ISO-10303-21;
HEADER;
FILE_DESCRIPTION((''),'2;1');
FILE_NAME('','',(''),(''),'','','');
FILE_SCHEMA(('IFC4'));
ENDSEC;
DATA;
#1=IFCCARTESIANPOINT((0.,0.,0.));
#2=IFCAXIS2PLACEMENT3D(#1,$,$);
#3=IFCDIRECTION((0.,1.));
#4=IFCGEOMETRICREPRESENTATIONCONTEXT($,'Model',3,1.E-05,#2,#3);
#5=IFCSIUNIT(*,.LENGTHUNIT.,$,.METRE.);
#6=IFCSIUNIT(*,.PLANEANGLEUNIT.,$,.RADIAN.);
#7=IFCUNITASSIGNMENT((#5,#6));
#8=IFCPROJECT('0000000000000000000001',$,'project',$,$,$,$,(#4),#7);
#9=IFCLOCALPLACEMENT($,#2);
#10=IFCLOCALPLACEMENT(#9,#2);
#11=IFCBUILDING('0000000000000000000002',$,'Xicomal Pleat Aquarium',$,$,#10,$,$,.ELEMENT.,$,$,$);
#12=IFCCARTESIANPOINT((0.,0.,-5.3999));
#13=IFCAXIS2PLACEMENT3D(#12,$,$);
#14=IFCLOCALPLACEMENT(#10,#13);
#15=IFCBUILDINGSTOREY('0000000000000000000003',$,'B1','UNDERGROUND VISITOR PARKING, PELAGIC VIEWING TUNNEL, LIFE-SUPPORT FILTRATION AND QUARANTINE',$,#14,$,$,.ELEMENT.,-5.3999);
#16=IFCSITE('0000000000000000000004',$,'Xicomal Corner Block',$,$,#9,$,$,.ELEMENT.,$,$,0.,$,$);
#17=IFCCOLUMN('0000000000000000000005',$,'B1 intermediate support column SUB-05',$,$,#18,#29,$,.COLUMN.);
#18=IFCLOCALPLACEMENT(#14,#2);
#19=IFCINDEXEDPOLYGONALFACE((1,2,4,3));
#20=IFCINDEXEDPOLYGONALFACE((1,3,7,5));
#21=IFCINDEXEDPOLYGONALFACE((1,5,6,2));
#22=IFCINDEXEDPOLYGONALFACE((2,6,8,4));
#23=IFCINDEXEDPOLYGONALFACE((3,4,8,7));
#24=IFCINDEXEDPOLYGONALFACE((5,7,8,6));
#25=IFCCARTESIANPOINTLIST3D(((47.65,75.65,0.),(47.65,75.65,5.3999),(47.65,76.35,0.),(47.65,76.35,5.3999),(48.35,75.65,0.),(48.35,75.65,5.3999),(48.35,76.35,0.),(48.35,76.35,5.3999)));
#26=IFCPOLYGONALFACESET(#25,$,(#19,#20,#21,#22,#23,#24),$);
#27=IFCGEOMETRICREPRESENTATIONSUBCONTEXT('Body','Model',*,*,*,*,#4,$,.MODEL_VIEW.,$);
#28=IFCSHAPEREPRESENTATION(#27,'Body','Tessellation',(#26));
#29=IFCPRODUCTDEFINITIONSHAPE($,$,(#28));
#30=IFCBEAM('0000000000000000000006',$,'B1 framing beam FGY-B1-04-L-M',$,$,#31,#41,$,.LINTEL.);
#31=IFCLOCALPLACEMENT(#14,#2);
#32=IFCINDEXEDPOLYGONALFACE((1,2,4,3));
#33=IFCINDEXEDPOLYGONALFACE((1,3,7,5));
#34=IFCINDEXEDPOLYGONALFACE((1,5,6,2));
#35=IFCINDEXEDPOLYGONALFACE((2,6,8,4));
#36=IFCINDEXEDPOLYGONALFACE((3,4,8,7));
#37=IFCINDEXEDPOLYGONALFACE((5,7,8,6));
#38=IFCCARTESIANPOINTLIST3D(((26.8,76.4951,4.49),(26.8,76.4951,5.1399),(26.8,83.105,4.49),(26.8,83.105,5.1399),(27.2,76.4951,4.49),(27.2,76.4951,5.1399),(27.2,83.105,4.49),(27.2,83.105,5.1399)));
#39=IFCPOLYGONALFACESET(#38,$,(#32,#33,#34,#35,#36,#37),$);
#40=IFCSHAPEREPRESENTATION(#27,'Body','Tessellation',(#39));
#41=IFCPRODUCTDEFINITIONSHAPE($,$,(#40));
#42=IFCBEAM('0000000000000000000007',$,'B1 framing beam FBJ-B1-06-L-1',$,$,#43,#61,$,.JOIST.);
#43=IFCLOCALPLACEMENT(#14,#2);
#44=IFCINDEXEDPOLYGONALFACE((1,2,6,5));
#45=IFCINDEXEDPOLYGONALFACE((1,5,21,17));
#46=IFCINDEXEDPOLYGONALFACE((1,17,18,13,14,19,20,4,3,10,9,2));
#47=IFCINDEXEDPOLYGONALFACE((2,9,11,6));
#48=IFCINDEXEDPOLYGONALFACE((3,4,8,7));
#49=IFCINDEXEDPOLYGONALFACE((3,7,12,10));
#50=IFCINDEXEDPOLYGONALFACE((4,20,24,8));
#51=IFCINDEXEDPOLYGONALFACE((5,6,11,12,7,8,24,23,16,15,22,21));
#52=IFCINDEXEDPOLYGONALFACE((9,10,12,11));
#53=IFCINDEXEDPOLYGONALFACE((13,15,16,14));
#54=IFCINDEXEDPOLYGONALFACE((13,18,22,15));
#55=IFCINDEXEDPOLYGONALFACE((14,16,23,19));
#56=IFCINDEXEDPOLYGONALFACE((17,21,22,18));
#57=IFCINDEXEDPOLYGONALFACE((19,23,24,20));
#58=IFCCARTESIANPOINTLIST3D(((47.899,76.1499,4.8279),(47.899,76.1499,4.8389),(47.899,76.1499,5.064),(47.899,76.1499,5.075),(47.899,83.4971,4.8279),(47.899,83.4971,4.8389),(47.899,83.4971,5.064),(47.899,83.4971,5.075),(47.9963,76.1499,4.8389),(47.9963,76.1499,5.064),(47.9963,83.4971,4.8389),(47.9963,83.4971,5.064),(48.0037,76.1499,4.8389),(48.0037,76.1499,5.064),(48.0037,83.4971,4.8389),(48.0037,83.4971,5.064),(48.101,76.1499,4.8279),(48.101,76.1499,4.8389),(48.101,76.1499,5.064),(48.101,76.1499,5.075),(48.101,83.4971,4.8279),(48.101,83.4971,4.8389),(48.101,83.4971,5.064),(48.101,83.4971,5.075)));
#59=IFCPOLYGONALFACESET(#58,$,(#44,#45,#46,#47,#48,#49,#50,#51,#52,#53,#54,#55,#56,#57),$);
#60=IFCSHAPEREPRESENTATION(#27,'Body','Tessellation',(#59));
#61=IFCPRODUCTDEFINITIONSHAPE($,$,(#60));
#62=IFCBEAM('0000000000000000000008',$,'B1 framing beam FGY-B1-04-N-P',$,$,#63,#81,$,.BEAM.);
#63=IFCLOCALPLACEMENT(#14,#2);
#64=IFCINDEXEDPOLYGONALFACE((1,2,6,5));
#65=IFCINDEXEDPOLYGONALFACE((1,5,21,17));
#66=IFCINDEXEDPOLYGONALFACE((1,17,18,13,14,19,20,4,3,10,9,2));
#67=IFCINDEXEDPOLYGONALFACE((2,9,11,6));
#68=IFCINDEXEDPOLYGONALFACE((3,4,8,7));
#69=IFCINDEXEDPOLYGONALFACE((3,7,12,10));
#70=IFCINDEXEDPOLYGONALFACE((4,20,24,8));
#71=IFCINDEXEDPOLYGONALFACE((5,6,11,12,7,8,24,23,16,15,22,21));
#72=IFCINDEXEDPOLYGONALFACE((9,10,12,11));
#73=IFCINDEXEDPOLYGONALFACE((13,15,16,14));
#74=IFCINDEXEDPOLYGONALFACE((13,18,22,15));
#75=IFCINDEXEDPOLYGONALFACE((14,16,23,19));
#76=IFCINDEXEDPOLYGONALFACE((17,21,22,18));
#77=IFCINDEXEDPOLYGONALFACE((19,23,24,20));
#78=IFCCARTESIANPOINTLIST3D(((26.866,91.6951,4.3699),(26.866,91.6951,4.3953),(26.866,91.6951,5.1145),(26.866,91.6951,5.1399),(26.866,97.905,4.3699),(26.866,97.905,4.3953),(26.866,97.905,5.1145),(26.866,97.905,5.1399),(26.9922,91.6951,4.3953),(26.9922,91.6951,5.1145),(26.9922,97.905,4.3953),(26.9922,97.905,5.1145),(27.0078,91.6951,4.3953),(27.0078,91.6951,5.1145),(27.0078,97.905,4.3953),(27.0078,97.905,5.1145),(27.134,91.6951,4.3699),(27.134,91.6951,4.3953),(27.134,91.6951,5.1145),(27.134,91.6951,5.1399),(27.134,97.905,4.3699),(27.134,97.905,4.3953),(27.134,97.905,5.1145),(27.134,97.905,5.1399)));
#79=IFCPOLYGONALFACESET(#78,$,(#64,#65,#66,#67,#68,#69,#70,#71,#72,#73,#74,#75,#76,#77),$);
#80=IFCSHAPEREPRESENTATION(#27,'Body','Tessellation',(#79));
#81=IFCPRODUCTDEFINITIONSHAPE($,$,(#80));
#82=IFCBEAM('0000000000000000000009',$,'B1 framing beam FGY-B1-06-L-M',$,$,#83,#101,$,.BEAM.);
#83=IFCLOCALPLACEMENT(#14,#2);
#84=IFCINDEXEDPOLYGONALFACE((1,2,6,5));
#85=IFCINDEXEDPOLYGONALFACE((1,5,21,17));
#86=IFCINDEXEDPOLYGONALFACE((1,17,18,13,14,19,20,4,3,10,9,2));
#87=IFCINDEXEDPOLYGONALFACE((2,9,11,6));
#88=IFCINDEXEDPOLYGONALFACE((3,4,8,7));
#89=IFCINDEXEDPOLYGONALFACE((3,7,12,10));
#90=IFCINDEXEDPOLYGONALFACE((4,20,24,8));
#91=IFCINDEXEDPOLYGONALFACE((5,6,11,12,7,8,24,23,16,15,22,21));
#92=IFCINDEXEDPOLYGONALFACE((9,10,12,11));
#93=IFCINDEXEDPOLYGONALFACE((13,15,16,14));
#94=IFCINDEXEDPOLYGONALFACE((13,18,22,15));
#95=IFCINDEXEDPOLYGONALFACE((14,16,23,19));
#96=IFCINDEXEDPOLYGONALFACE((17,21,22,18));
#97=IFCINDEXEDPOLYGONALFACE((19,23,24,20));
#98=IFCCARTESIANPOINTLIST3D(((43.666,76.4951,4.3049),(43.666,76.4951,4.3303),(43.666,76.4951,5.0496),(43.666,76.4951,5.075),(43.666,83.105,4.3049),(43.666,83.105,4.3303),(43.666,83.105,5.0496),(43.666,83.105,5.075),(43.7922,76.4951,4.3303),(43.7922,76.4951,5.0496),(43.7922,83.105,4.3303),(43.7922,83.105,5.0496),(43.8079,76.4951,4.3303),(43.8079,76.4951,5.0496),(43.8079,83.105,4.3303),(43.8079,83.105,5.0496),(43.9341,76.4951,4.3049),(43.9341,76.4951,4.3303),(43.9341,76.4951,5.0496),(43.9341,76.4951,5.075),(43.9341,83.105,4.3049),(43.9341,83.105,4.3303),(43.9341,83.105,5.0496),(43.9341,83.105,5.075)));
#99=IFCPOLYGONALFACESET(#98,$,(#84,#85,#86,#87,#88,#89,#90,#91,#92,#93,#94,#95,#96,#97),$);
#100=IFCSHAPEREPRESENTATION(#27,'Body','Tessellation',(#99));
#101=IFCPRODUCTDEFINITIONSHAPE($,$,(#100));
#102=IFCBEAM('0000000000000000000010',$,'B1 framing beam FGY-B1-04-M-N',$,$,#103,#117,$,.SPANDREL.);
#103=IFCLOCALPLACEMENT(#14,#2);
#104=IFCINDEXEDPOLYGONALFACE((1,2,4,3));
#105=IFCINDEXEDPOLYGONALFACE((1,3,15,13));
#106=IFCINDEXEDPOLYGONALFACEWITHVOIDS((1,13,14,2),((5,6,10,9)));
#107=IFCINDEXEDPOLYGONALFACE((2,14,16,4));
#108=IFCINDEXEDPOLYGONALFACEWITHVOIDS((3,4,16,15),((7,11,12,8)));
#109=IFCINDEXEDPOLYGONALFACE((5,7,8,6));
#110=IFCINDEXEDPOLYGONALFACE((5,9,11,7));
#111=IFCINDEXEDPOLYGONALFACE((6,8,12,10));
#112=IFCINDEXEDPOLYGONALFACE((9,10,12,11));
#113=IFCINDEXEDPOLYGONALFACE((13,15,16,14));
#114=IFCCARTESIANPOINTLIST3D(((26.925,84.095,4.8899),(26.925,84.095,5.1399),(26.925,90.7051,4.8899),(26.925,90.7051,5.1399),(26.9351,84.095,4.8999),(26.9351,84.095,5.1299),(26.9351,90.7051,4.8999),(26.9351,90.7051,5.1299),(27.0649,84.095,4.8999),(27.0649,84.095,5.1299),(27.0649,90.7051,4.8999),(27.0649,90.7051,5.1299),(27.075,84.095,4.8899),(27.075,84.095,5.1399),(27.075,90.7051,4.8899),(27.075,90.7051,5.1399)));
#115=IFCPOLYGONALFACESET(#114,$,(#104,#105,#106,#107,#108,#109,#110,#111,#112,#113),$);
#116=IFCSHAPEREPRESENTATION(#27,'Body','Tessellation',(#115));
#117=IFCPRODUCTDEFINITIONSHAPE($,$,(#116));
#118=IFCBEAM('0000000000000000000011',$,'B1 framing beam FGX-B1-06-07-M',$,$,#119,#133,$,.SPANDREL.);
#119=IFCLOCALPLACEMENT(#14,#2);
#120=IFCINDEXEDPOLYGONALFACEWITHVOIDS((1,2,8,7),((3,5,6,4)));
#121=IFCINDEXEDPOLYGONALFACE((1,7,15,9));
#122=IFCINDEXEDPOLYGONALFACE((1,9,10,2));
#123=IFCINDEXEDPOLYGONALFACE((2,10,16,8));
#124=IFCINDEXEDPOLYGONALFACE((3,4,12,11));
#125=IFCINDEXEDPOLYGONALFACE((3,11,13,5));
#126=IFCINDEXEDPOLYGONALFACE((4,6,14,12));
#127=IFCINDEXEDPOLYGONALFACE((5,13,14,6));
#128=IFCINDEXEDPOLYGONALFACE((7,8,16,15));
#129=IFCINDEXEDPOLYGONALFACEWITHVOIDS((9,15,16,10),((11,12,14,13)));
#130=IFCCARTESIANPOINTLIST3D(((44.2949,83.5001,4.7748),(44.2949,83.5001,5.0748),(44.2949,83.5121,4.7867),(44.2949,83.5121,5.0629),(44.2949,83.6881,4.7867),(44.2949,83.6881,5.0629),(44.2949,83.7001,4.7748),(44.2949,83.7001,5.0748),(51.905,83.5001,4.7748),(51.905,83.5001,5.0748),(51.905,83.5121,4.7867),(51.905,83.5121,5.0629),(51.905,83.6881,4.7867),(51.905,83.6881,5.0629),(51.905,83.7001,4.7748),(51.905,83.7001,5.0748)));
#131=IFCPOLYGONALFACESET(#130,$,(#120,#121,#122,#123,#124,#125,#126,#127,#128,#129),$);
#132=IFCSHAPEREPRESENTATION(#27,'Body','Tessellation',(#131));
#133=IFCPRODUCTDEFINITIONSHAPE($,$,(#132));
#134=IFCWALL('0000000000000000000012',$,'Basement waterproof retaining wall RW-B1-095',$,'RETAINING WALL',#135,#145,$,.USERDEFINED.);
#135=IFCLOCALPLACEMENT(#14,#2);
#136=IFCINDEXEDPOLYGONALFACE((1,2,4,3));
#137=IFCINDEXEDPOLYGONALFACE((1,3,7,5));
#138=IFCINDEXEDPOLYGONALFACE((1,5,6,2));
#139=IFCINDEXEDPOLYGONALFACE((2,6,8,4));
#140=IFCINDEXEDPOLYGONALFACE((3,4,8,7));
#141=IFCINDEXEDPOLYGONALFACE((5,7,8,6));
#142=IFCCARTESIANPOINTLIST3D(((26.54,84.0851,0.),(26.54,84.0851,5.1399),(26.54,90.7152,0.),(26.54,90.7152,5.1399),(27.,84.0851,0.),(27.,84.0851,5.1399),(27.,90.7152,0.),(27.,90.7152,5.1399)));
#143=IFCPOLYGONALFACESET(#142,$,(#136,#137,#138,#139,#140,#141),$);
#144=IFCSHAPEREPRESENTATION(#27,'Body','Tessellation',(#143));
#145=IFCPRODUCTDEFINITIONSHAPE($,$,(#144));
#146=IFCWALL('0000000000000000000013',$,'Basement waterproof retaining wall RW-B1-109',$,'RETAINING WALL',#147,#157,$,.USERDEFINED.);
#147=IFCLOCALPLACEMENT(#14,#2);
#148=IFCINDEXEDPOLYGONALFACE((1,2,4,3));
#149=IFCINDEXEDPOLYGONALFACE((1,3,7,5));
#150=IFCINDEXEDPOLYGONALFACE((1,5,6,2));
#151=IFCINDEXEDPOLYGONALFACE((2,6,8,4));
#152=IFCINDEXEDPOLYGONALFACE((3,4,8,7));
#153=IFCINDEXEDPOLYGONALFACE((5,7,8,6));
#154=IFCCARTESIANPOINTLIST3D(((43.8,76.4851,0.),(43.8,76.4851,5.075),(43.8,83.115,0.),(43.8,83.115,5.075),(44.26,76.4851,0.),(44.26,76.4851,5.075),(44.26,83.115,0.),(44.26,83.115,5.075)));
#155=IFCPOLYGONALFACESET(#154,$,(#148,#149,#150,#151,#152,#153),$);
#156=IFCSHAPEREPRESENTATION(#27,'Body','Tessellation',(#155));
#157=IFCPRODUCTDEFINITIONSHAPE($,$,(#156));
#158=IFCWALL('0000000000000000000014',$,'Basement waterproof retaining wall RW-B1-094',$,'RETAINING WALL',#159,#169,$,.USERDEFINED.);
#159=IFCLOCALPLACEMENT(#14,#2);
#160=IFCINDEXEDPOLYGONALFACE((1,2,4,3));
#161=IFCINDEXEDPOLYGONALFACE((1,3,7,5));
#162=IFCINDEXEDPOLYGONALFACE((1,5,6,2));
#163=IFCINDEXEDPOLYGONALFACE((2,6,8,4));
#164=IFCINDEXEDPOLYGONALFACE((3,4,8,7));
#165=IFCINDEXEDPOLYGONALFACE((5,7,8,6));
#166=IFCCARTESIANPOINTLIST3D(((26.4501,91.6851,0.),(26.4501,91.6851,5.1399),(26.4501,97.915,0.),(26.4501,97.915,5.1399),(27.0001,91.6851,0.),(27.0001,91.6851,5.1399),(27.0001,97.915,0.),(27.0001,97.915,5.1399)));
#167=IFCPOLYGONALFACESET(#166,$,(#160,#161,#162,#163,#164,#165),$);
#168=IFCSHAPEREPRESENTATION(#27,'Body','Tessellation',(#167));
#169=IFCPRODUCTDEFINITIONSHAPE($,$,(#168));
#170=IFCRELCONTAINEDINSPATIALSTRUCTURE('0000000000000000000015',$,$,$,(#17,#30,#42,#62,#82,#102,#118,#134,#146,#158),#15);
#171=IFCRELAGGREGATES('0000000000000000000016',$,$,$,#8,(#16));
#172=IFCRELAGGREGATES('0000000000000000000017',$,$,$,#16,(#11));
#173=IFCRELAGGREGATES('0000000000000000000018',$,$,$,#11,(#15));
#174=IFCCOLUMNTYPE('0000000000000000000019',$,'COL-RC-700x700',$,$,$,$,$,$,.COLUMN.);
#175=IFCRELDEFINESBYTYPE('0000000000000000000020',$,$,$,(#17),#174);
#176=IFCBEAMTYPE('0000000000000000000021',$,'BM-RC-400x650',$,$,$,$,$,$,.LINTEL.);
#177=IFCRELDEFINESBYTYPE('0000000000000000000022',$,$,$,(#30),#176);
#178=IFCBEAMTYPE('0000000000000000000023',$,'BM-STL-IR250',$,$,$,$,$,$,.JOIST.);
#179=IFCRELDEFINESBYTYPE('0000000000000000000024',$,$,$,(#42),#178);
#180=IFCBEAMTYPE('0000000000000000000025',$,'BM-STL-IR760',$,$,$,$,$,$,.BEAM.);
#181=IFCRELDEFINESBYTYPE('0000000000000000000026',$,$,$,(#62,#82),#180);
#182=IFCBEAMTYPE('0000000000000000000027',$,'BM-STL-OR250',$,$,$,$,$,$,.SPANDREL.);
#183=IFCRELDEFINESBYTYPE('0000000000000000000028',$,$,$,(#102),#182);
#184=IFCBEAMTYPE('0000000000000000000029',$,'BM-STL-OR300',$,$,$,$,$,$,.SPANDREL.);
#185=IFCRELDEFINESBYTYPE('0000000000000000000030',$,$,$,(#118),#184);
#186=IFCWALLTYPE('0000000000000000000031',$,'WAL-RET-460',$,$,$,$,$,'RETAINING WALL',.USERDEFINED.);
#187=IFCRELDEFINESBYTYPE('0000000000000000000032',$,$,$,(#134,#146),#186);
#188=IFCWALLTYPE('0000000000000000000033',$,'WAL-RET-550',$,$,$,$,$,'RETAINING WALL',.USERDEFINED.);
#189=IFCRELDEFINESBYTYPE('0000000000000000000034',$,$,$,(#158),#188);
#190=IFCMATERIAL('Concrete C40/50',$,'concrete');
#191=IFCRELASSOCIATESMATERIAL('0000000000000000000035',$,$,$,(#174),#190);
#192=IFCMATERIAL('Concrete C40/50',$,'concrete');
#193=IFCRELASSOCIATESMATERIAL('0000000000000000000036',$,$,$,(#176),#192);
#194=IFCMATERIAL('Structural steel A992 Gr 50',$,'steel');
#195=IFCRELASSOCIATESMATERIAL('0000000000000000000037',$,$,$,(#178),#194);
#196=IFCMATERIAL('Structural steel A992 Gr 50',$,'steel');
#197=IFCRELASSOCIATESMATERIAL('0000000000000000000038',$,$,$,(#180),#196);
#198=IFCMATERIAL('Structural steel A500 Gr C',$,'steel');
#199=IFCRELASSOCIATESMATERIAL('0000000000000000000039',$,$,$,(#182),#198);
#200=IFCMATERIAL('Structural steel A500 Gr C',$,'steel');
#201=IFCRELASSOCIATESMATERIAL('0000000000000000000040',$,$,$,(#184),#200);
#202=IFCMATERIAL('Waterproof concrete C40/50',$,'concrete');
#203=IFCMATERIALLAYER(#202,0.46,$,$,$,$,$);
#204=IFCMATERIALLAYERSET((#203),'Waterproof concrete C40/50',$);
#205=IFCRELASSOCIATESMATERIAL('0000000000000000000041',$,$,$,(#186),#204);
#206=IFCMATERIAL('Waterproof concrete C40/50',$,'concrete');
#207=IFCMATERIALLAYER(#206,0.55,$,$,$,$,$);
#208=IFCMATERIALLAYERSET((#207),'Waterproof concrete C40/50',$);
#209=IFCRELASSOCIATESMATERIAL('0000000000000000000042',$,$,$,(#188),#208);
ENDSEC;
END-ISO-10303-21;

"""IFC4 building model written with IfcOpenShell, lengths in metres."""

from ifc_helpers import new_model, si_unit, direction, frame, frame_2d, origin, origin_2d, place, context, subcontext, project, spatial, rectangle, hollow_rectangle, i_section, extrude, material, layer, layer_set, material_profile, profile_set, type_object, element, save


model = new_model("IFC4")

# Units and contexts
model_context = context("Model", 3, precision=1e-05, world=origin(), true_north=direction((0.0, 1.0)))
body_context = subcontext(model_context, "Body", "Model", "MODEL_VIEW")
ifc_project = project(units=[si_unit("LENGTHUNIT", "METRE"), si_unit("PLANEANGLEUNIT", "RADIAN")], contexts=[model_context])

# Site, building, storey
site_placement = place(None, origin())
site = spatial("IfcSite", under=ifc_project, at=site_placement, Name="Xicomal Corner Block", CompositionType="ELEMENT", RefElevation=0.0)
building_placement = place(site_placement, origin())
building = spatial("IfcBuilding", under=site, at=building_placement, Name="Xicomal Pleat Aquarium", CompositionType="ELEMENT")
storey_placement = place(building_placement, frame((0.0, 0.0, -5.3999)))
storey = spatial("IfcBuildingStorey", under=building, at=storey_placement, Name="B1", Description="UNDERGROUND VISITOR PARKING, PELAGIC VIEWING TUNNEL, LIFE-SUPPORT FILTRATION AND QUARANTINE", CompositionType="ELEMENT", Elevation=-5.3999)

# Column
ifc_material_1 = material(Name="Concrete C40/50", Category="concrete")
ifc_material_profile_1 = material_profile(ifc_material_1, rectangle(XDim=0.7, YDim=0.7, at=origin_2d()), Name="RC 700x700")
ifc_profile_set_1 = profile_set([ifc_material_profile_1], Name="Concrete C40/50")
column_type_1 = type_object("IfcColumnType", Name="COL-RC-700x700", PredefinedType="COLUMN", material=ifc_profile_set_1)
column_1_placement = place(storey_placement, frame((48.0, 76.0, 0.0), z_axis=(0.0, 0.0, 1.0), x_axis=(1.0, 0.0, 0.0)))
element("IfcColumn", 1, at=column_1_placement, inside=storey, type_object=column_type_1, Name="B1 intermediate support column SUB-05", PredefinedType="COLUMN", context=body_context, shape_type="SweptSolid", body=[
    extrude(rectangle(XDim=0.7, YDim=0.7, at=origin_2d()), origin(), (0.0, 0.0, 1.0), 5.3999),
])

# Beams
ifc_material_2 = material(Name="Concrete C40/50", Category="concrete")
ifc_material_profile_2 = material_profile(ifc_material_2, rectangle(XDim=0.3999, YDim=0.6499, at=origin_2d()), Name="RC 400x650")
ifc_profile_set_2 = profile_set([ifc_material_profile_2], Name="Concrete C40/50")
beam_type_1 = type_object("IfcBeamType", Name="BM-RC-400x650", PredefinedType="LINTEL", material=ifc_profile_set_2)
beam_1_placement = place(storey_placement, frame((27.0, 76.4951, 4.8149), z_axis=(0.0, 1.0, 0.0), x_axis=(-1.0, 0.0, 0.0)))
element("IfcBeam", 2, at=beam_1_placement, inside=storey, type_object=beam_type_1, Name="B1 framing beam FGY-B1-04-L-M", PredefinedType="LINTEL", context=body_context, shape_type="SweptSolid", body=[
    extrude(rectangle(XDim=0.3999, YDim=0.6499, at=origin_2d()), origin(), (0.0, 0.0, 1.0), 6.6099),
])
ifc_material_3 = material(Name="Structural steel A992 Gr 50", Category="steel")
ifc_material_profile_3 = material_profile(ifc_material_3, i_section(OverallWidth=0.2019, OverallDepth=0.2471, WebThickness=0.0073, FlangeThickness=0.011, at=origin_2d()), Name="IR 250x49")
ifc_profile_set_3 = profile_set([ifc_material_profile_3], Name="Structural steel A992 Gr 50")
beam_type_2 = type_object("IfcBeamType", Name="BM-STL-IR250", PredefinedType="JOIST", material=ifc_profile_set_3)
beam_2_placement = place(storey_placement, frame((48.0, 76.1499, 4.9514), z_axis=(0.0, 1.0, 0.0), x_axis=(-1.0, 0.0, 0.0)))
element("IfcBeam", 3, at=beam_2_placement, inside=storey, type_object=beam_type_2, Name="B1 framing beam FBJ-B1-06-L-1", PredefinedType="JOIST", context=body_context, shape_type="SweptSolid", body=[
    extrude(i_section(OverallWidth=0.2019, OverallDepth=0.2471, WebThickness=0.0073, FlangeThickness=0.011, at=origin_2d()), origin(), (0.0, 0.0, 1.0), 7.3472),
])
ifc_material_4 = material(Name="Structural steel A992 Gr 50", Category="steel")
ifc_material_profile_4 = material_profile(ifc_material_4, i_section(OverallWidth=0.2681, OverallDepth=0.77, WebThickness=0.0156, FlangeThickness=0.0254, at=origin_2d()), Name="IR 760x196")
ifc_profile_set_4 = profile_set([ifc_material_profile_4], Name="Structural steel A992 Gr 50")
beam_type_3 = type_object("IfcBeamType", Name="BM-STL-IR760", PredefinedType="BEAM", material=ifc_profile_set_4)
beam_3_placement = place(storey_placement, frame((27.0, 91.6951, 4.7549), z_axis=(0.0, 1.0, 0.0), x_axis=(-1.0, 0.0, 0.0)))
element("IfcBeam", 4, at=beam_3_placement, inside=storey, type_object=beam_type_3, Name="B1 framing beam FGY-B1-04-N-P", PredefinedType="BEAM", context=body_context, shape_type="SweptSolid", body=[
    extrude(i_section(OverallWidth=0.2681, OverallDepth=0.77, WebThickness=0.0156, FlangeThickness=0.0254, at=origin_2d()), origin(), (0.0, 0.0, 1.0), 6.21),
])
beam_4_placement = place(storey_placement, frame((43.8, 76.4951, 4.6899), z_axis=(0.0, 1.0, 0.0), x_axis=(-1.0, 0.0, 0.0)))
element("IfcBeam", 5, at=beam_4_placement, inside=storey, type_object=beam_type_3, Name="B1 framing beam FGY-B1-06-L-M", PredefinedType="BEAM", context=body_context, shape_type="SweptSolid", body=[
    extrude(i_section(OverallWidth=0.2681, OverallDepth=0.77, WebThickness=0.0156, FlangeThickness=0.0254, at=origin_2d()), origin(), (0.0, 0.0, 1.0), 6.6099),
])
ifc_material_5 = material(Name="Structural steel A500 Gr C", Category="steel")
ifc_material_profile_5 = material_profile(ifc_material_5, hollow_rectangle(XDim=0.1499, YDim=0.25, WallThickness=0.01, at=origin_2d()), Name="OR 250x150x10")
ifc_profile_set_5 = profile_set([ifc_material_profile_5], Name="Structural steel A500 Gr C")
beam_type_4 = type_object("IfcBeamType", Name="BM-STL-OR250", PredefinedType="SPANDREL", material=ifc_profile_set_5)
beam_5_placement = place(storey_placement, frame((27.0, 84.095, 5.0149), z_axis=(0.0, 1.0, 0.0), x_axis=(-1.0, 0.0, 0.0)))
element("IfcBeam", 6, at=beam_5_placement, inside=storey, type_object=beam_type_4, Name="B1 framing beam FGY-B1-04-M-N", PredefinedType="SPANDREL", context=body_context, shape_type="SweptSolid", body=[
    extrude(hollow_rectangle(XDim=0.1499, YDim=0.25, WallThickness=0.01, at=origin_2d()), origin(), (0.0, 0.0, 1.0), 6.6101),
])
ifc_material_6 = material(Name="Structural steel A500 Gr C", Category="steel")
ifc_material_profile_6 = material_profile(ifc_material_6, hollow_rectangle(XDim=0.2, YDim=0.3, WallThickness=0.012, at=origin_2d()), Name="OR 300x200x12")
ifc_profile_set_6 = profile_set([ifc_material_profile_6], Name="Structural steel A500 Gr C")
beam_type_5 = type_object("IfcBeamType", Name="BM-STL-OR300", PredefinedType="SPANDREL", material=ifc_profile_set_6)
beam_6_placement = place(storey_placement, frame((44.2949, 83.6001, 4.9248), z_axis=(1.0, 0.0, 0.0), x_axis=(0.0, 1.0, 0.0)))
element("IfcBeam", 7, at=beam_6_placement, inside=storey, type_object=beam_type_5, Name="B1 framing beam FGX-B1-06-07-M", PredefinedType="SPANDREL", context=body_context, shape_type="SweptSolid", body=[
    extrude(hollow_rectangle(XDim=0.2, YDim=0.3, WallThickness=0.012, at=origin_2d()), origin(), (0.0, 0.0, 1.0), 7.6101),
])

# Walls
ifc_material_7 = material(Name="Waterproof concrete C40/50", Category="concrete")
ifc_layer_1 = layer(ifc_material_7, 0.46)
ifc_layer_set_1 = layer_set([ifc_layer_1], Name="Waterproof concrete C40/50")
wall_type_1 = type_object("IfcWallType", Name="WAL-RET-460", ElementType="RETAINING WALL", PredefinedType="USERDEFINED", material=ifc_layer_set_1)
wall_1_placement = place(storey_placement, frame((26.77, 90.7151, 0.0), z_axis=(0.0, 0.0, 1.0), x_axis=(0.0, -1.0, 0.0)))
element("IfcWall", 8, at=wall_1_placement, inside=storey, type_object=wall_type_1, Name="Basement waterproof retaining wall RW-B1-095", ObjectType="RETAINING WALL", PredefinedType="USERDEFINED", context=body_context, shape_type="SweptSolid", body=[
    extrude(rectangle(XDim=6.6301, YDim=0.46, at=frame_2d((3.3149, 0.0))), origin(), (0.0, 0.0, 1.0), 5.1399),
])
wall_2_placement = place(storey_placement, frame((44.03, 76.4851, 0.0), z_axis=(0.0, 0.0, 1.0), x_axis=(0.0, 1.0, 0.0)))
element("IfcWall", 9, at=wall_2_placement, inside=storey, type_object=wall_type_1, Name="Basement waterproof retaining wall RW-B1-109", ObjectType="RETAINING WALL", PredefinedType="USERDEFINED", context=body_context, shape_type="SweptSolid", body=[
    extrude(rectangle(XDim=6.6299, YDim=0.46, at=frame_2d((3.3149, 0.0))), origin(), (0.0, 0.0, 1.0), 5.075),
])
ifc_material_8 = material(Name="Waterproof concrete C40/50", Category="concrete")
ifc_layer_2 = layer(ifc_material_8, 0.55)
ifc_layer_set_2 = layer_set([ifc_layer_2], Name="Waterproof concrete C40/50")
wall_type_2 = type_object("IfcWallType", Name="WAL-RET-550", ElementType="RETAINING WALL", PredefinedType="USERDEFINED", material=ifc_layer_set_2)
wall_3_placement = place(storey_placement, frame((26.7251, 97.915, 0.0), z_axis=(0.0, 0.0, 1.0), x_axis=(0.0, -1.0, 0.0)))
element("IfcWall", 10, at=wall_3_placement, inside=storey, type_object=wall_type_2, Name="Basement waterproof retaining wall RW-B1-094", ObjectType="RETAINING WALL", PredefinedType="USERDEFINED", context=body_context, shape_type="SweptSolid", body=[
    extrude(rectangle(XDim=6.23, YDim=0.55, at=frame_2d((3.115, 0.0))), origin(), (0.0, 0.0, 1.0), 5.1399),
])

save(model, "model.ifc")
